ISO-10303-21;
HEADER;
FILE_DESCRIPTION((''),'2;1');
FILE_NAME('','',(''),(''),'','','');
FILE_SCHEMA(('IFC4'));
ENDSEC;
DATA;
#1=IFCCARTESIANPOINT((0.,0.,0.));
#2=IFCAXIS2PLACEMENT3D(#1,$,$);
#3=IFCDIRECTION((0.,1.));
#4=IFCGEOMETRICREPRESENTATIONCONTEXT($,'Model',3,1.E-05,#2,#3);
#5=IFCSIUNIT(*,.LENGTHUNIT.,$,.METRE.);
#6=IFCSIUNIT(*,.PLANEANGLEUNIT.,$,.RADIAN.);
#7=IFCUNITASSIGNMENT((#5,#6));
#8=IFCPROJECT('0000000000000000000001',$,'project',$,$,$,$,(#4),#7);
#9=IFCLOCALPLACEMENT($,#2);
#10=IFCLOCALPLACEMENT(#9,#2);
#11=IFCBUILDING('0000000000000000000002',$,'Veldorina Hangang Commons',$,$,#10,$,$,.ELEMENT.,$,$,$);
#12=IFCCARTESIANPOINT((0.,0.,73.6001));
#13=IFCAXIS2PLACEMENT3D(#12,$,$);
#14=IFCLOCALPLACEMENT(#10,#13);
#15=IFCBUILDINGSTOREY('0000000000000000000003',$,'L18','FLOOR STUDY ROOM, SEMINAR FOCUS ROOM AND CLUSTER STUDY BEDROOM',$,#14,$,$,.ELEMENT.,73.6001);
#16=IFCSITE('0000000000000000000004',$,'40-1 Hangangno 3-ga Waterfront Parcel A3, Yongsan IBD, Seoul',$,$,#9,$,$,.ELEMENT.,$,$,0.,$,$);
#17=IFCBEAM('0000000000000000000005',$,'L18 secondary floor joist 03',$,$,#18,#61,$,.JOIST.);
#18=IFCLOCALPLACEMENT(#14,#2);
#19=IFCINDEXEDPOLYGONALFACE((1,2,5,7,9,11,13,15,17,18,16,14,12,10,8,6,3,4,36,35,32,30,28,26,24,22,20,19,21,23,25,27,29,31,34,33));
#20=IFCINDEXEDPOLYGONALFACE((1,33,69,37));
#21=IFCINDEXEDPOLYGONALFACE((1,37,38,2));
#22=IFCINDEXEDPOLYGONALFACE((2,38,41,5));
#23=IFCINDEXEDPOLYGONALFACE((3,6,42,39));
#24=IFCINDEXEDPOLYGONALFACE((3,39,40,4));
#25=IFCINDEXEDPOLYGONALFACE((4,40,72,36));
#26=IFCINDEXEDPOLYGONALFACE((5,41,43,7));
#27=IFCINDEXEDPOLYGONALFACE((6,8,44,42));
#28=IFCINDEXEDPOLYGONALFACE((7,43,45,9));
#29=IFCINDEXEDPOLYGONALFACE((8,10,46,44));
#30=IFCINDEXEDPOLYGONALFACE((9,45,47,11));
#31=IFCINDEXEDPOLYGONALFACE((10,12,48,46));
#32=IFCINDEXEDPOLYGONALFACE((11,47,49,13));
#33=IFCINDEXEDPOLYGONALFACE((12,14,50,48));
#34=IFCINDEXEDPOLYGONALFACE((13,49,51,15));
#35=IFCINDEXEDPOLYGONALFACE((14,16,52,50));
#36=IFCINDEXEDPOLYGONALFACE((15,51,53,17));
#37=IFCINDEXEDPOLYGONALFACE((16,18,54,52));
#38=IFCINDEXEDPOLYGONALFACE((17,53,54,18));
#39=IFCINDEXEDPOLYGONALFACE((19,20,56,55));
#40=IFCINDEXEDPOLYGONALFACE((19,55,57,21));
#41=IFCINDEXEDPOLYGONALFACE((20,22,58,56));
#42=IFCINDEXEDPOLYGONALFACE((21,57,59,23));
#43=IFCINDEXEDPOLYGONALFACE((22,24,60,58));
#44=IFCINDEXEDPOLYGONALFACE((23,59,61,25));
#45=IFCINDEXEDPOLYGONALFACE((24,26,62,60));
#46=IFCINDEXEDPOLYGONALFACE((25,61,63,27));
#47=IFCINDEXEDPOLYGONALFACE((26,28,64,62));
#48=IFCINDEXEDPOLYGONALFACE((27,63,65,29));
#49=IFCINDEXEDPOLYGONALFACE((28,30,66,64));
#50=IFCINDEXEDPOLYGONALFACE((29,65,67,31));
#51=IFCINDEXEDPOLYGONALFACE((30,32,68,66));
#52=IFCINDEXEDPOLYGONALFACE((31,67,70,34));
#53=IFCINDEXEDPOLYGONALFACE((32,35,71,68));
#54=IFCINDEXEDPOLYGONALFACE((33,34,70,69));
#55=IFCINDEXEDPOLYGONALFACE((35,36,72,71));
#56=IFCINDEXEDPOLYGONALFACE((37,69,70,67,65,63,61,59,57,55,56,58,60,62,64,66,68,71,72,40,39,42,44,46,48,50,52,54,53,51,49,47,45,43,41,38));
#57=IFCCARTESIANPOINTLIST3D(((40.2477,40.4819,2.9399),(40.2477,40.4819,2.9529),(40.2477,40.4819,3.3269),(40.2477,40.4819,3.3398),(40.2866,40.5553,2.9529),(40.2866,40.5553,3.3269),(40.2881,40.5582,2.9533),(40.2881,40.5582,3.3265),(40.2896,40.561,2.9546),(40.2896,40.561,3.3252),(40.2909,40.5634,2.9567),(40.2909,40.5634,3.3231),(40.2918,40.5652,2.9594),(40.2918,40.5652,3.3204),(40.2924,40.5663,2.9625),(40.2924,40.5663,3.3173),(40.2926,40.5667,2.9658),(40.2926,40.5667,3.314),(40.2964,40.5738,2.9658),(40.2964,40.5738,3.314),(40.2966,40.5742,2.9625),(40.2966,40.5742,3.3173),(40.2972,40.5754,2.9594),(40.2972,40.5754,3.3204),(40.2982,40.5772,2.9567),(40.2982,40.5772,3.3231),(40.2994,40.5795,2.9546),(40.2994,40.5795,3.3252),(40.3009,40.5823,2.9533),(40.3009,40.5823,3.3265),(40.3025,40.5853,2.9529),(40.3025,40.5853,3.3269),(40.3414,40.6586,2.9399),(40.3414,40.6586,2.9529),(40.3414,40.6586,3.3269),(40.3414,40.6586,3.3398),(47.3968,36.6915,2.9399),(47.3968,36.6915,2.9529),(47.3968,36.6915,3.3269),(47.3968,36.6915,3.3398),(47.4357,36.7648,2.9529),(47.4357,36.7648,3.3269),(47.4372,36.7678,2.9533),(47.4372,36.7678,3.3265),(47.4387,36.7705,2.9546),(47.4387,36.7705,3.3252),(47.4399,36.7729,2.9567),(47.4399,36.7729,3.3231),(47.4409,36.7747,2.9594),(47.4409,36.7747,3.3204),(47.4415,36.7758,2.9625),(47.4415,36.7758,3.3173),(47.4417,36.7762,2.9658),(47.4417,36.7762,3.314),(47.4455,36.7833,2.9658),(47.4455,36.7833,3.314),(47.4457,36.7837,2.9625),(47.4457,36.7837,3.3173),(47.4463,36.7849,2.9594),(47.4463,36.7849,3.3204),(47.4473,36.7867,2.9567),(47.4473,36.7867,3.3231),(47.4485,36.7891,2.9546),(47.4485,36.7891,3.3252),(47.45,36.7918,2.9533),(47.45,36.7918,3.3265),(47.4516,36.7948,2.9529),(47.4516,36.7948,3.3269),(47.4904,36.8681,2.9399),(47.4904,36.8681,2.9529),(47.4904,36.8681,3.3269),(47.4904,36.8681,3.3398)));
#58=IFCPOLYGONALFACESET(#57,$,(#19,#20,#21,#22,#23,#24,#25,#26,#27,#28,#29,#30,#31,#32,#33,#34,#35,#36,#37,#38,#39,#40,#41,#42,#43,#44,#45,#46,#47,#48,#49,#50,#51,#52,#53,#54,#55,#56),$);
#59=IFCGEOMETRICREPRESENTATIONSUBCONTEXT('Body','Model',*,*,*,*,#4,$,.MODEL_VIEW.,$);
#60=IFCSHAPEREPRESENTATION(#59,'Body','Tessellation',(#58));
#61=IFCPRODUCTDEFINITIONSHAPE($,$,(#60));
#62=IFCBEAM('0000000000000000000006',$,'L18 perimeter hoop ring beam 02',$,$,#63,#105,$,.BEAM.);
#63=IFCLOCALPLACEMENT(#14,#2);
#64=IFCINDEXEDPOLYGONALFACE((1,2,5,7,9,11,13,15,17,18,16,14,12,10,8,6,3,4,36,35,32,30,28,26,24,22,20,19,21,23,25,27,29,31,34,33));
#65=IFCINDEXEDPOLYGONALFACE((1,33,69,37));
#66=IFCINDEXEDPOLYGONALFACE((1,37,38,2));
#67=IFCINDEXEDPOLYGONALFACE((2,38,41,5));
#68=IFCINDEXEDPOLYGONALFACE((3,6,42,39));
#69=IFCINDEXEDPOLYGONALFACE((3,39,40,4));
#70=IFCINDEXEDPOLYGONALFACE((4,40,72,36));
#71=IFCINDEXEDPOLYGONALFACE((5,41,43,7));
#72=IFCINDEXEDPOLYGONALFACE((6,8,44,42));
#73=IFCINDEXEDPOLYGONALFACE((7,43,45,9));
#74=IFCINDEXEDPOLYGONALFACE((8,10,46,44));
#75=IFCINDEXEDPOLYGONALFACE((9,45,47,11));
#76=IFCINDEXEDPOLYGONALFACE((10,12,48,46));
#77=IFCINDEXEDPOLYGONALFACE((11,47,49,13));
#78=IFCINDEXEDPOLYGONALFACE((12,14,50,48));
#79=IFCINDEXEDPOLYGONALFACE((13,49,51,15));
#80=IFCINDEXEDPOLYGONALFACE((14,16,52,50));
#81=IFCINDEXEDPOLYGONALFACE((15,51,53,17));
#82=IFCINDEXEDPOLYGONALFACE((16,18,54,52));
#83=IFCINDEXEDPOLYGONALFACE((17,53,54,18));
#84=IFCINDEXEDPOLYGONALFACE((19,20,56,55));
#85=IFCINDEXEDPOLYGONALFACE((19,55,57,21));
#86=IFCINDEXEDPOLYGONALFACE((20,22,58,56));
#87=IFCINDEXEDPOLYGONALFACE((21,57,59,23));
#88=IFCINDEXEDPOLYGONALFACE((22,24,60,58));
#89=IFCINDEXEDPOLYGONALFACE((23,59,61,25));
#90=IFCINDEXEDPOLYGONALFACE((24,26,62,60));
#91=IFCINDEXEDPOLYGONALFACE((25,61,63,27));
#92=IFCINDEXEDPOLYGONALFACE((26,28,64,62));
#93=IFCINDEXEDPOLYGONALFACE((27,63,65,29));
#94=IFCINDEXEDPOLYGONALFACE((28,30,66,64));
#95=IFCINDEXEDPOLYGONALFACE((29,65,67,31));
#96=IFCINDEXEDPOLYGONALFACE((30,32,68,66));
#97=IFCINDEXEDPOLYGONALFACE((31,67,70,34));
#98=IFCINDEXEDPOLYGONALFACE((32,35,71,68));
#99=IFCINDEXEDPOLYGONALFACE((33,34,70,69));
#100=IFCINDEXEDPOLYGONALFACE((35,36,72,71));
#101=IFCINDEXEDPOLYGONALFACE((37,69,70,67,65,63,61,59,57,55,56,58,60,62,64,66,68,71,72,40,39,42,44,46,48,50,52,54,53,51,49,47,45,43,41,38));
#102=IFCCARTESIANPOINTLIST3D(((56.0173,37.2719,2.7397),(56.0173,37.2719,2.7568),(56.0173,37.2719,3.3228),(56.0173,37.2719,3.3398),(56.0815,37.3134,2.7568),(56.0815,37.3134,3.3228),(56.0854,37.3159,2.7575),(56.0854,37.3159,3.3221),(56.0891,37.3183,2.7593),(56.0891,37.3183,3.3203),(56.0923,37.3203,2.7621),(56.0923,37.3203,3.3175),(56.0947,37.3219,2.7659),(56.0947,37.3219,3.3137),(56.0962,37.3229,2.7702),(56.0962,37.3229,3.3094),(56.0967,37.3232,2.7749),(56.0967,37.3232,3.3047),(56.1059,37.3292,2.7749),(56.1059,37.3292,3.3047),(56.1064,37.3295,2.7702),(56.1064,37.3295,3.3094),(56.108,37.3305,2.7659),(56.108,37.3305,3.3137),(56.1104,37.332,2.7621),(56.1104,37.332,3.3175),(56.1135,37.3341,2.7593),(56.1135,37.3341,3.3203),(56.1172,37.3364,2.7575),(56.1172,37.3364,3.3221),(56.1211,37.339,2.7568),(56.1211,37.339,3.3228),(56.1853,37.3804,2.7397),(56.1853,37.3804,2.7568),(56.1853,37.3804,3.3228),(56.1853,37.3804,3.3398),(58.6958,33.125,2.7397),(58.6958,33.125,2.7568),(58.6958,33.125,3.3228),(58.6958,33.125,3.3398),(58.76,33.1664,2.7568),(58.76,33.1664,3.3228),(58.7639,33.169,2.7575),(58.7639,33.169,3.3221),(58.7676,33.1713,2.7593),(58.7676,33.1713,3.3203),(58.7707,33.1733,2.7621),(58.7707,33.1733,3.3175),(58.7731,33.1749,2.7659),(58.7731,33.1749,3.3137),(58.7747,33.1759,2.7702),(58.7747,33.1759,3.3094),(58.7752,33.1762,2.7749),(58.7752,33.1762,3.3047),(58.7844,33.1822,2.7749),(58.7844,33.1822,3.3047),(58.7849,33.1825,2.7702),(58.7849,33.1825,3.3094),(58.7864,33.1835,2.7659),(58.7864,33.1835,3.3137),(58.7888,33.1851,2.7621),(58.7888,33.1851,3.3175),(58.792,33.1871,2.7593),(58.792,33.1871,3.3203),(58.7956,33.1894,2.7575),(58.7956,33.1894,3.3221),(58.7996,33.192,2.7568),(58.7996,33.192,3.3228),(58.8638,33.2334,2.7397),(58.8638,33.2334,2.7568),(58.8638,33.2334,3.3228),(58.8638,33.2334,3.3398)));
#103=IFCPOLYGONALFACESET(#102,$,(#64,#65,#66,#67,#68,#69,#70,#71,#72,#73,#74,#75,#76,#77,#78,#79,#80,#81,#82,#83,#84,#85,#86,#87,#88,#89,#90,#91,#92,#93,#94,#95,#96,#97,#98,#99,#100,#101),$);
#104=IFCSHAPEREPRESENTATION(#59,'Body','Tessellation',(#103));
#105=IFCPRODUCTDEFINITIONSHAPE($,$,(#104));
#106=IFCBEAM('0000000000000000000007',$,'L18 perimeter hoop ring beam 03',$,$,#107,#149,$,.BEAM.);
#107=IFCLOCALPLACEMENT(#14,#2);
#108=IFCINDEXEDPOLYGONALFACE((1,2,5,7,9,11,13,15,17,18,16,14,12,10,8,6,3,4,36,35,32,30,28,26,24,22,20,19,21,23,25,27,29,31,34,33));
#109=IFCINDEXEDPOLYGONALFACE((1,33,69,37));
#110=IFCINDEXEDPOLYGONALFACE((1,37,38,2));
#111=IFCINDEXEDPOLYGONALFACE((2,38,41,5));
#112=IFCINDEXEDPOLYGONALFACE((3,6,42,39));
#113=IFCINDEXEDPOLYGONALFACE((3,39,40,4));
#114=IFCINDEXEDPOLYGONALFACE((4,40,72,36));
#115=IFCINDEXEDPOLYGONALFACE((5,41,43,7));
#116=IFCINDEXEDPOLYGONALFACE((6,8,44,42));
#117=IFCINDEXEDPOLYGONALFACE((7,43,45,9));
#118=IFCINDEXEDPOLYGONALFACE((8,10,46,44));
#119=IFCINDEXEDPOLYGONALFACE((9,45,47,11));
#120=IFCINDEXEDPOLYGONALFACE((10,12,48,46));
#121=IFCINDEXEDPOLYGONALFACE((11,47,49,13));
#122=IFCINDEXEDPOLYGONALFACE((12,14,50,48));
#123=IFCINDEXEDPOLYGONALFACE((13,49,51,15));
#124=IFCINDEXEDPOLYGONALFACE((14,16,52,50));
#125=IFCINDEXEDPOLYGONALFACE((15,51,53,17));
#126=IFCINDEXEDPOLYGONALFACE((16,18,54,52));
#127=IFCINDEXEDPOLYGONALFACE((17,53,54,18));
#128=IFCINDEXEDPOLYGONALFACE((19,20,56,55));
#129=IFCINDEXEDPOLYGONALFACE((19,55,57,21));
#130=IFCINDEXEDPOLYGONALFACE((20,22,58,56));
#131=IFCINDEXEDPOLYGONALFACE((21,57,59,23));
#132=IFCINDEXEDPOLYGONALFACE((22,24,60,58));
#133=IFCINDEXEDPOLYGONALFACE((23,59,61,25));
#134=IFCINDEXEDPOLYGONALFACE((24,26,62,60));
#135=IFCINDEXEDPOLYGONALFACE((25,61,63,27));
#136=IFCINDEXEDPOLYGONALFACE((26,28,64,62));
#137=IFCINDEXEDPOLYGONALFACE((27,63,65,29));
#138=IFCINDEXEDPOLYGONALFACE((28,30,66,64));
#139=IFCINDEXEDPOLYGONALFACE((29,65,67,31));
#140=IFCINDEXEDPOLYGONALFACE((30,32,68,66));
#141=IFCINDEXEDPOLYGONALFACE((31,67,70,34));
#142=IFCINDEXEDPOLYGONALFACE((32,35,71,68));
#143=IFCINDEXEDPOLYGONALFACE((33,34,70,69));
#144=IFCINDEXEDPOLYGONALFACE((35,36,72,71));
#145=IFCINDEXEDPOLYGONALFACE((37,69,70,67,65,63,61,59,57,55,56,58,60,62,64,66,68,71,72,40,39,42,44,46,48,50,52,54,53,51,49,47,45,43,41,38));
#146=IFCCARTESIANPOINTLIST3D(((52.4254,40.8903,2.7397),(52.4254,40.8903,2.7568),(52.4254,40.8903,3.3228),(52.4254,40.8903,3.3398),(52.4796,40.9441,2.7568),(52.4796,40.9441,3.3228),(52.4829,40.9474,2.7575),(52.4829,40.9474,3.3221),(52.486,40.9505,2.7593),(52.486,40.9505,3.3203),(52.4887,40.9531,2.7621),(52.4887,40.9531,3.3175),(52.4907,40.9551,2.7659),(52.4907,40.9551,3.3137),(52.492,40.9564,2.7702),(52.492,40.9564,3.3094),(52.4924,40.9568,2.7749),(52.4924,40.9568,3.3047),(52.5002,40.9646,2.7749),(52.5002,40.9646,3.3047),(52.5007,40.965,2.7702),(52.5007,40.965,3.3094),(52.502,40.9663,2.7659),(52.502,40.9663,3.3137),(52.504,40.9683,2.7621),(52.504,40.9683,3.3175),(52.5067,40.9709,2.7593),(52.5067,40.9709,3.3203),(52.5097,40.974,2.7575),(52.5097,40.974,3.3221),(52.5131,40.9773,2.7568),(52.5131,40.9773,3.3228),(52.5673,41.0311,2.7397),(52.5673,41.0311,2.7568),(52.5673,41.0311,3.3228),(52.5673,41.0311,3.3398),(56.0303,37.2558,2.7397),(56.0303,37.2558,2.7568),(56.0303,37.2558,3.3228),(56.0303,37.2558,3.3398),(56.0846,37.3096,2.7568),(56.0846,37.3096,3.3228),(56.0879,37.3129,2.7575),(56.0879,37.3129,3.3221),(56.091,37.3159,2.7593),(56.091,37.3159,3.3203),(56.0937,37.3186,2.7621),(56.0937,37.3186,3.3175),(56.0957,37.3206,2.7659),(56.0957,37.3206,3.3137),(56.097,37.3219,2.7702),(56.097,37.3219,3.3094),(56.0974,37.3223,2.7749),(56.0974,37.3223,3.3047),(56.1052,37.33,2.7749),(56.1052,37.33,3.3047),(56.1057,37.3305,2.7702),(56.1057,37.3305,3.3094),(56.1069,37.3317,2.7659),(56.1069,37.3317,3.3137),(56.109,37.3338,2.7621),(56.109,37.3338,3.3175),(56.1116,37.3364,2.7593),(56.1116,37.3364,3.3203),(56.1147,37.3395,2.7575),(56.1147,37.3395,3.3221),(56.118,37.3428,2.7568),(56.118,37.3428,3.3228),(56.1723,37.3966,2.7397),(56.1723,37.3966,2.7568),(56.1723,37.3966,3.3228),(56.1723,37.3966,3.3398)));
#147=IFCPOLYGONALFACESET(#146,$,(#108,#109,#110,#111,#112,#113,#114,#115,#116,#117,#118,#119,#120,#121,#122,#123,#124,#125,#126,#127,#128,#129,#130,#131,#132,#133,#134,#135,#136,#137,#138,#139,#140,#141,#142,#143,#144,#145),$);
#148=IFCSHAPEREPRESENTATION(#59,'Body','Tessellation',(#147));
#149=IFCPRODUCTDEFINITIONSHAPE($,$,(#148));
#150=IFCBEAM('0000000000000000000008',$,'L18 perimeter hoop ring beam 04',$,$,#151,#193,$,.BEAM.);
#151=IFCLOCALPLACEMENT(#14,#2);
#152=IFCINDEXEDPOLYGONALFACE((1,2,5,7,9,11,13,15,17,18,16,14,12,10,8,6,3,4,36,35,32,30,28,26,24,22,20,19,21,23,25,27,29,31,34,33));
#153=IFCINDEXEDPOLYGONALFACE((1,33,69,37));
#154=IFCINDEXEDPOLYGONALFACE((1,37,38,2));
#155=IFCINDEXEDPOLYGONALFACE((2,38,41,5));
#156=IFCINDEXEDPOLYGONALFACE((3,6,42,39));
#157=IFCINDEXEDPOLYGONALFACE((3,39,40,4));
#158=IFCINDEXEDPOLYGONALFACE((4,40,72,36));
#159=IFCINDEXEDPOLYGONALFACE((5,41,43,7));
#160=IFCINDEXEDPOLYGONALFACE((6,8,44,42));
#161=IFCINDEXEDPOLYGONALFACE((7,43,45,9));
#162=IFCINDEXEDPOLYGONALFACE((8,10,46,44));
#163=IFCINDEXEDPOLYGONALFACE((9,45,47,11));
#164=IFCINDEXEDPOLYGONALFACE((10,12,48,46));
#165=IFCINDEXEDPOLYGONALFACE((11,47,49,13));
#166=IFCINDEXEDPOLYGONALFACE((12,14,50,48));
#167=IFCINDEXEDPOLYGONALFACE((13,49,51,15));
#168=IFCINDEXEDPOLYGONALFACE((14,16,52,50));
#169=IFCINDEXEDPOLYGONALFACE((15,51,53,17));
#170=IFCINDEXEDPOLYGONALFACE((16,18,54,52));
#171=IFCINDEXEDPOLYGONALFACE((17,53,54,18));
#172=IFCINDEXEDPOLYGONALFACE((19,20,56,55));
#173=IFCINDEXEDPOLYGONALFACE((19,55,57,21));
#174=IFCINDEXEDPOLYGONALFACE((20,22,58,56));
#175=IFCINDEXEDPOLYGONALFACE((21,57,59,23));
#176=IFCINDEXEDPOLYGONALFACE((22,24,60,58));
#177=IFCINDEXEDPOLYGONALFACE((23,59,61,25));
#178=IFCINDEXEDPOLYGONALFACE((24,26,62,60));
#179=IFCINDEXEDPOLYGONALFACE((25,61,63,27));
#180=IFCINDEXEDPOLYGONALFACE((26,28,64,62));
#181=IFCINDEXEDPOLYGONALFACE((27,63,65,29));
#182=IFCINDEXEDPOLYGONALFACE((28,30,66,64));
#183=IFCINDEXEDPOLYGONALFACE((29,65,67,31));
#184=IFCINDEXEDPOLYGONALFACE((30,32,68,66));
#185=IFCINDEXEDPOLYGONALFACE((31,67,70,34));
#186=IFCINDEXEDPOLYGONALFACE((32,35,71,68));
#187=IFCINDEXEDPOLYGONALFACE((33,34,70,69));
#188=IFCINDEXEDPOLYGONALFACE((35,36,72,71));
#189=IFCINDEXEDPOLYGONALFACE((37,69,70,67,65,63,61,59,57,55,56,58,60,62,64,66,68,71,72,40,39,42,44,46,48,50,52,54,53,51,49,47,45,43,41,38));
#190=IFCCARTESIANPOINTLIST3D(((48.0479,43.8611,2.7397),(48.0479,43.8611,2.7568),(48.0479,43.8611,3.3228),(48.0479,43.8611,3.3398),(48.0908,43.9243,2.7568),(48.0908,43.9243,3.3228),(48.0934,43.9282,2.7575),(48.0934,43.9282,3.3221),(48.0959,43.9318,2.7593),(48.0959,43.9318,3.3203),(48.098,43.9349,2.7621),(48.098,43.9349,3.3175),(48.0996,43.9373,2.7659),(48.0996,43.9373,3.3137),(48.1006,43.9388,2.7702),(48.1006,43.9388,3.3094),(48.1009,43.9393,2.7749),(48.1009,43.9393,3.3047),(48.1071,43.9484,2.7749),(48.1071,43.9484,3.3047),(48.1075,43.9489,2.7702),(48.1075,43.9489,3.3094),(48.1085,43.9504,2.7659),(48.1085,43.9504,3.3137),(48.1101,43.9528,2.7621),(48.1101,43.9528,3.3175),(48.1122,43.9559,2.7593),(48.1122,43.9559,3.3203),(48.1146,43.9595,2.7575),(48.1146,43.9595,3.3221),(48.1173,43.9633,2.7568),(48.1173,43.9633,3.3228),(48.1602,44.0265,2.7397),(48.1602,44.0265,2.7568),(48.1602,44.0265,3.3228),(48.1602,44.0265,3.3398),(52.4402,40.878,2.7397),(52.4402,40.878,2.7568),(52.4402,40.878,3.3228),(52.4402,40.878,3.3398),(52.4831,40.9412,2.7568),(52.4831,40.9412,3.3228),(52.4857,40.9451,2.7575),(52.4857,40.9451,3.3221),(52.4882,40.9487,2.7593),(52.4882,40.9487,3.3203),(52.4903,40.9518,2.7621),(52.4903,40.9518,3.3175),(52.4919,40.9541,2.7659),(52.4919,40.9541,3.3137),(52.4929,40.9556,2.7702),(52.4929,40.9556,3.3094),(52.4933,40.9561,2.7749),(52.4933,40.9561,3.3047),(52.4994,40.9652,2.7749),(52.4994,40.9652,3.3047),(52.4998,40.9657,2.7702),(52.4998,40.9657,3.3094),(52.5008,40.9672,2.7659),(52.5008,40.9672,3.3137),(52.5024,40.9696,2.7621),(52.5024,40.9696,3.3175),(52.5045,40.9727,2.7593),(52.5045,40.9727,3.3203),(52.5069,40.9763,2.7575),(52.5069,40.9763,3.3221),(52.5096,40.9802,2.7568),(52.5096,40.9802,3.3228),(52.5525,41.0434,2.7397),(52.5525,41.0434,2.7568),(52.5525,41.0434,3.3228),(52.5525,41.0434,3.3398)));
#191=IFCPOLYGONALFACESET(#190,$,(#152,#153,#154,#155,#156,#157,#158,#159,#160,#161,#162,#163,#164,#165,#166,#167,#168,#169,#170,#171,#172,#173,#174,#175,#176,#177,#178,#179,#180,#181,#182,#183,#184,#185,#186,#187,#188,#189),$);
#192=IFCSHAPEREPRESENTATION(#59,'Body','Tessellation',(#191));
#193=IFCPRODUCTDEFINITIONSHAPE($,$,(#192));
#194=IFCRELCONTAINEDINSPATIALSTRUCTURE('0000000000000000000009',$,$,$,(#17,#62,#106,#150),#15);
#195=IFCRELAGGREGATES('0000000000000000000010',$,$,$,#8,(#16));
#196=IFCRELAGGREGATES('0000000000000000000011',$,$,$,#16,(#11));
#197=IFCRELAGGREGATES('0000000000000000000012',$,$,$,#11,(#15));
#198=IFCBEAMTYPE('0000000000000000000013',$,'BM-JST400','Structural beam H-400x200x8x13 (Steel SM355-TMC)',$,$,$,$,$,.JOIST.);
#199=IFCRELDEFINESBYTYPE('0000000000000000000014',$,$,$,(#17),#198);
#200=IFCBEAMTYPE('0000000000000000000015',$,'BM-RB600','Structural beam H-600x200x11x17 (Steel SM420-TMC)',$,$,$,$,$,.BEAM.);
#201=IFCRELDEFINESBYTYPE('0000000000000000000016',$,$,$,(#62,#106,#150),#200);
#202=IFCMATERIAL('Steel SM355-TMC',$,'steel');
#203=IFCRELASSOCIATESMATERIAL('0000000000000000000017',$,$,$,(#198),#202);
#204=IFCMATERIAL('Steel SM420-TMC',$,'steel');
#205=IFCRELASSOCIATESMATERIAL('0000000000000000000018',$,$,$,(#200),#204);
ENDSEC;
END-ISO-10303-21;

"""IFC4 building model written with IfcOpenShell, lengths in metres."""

from ifc_helpers import new_model, si_unit, direction, frame, origin, origin_2d, place, context, subcontext, project, spatial, i_section, extrude, material, material_profile, profile_set, type_object, element, save


model = new_model("IFC4")

# Units and contexts
model_context = context("Model", 3, precision=1e-05, world=origin(), true_north=direction((0.0, 1.0)))
body_context = subcontext(model_context, "Body", "Model", "MODEL_VIEW")
ifc_project = project(units=[si_unit("LENGTHUNIT", "METRE"), si_unit("PLANEANGLEUNIT", "RADIAN")], contexts=[model_context])

# Site, building, storey
site_placement = place(None, origin())
site = spatial("IfcSite", under=ifc_project, at=site_placement, Name="40-1 Hangangno 3-ga Waterfront Parcel A3, Yongsan IBD, Seoul", CompositionType="ELEMENT", RefElevation=0.0)
building_placement = place(site_placement, origin())
building = spatial("IfcBuilding", under=site, at=building_placement, Name="Veldorina Hangang Commons", CompositionType="ELEMENT")
storey_placement = place(building_placement, frame((0.0, 0.0, 73.6001)))
storey = spatial("IfcBuildingStorey", under=building, at=storey_placement, Name="L18", Description="FLOOR STUDY ROOM, SEMINAR FOCUS ROOM AND CLUSTER STUDY BEDROOM", CompositionType="ELEMENT", Elevation=73.6001)

# Beams
ifc_material_1 = material(Name="Steel SM355-TMC", Category="steel")
ifc_material_profile_1 = material_profile(ifc_material_1, i_section(OverallWidth=0.2, OverallDepth=0.3999, WebThickness=0.0081, FlangeThickness=0.0129, FilletRadius=0.0129, at=origin_2d()), Name="H-400x200x8x13")
ifc_profile_set_1 = profile_set([ifc_material_profile_1], Name="Steel SM355-TMC")
beam_type_1 = type_object("IfcBeamType", Name="BM-JST400", Description="Structural beam H-400x200x8x13 (Steel SM355-TMC)", PredefinedType="JOIST", material=ifc_profile_set_1)
beam_1_placement = place(storey_placement, frame((47.4436, 36.7798, 3.1399), z_axis=(-0.883498, 0.468435, 0.0), x_axis=(-0.468435, -0.883498, 0.0)))
element("IfcBeam", 1, at=beam_1_placement, inside=storey, type_object=beam_type_1, Name="L18 secondary floor joist 03", PredefinedType="JOIST", context=body_context, shape_type="SweptSolid", body=[
    extrude(i_section(OverallWidth=0.2, OverallDepth=0.3999, WebThickness=0.0081, FlangeThickness=0.0129, FilletRadius=0.0129, at=origin_2d()), origin(), (0.0, 0.0, 1.0), 8.0918),
])
ifc_material_2 = material(Name="Steel SM420-TMC", Category="steel")
ifc_material_profile_2 = material_profile(ifc_material_2, i_section(OverallWidth=0.2, OverallDepth=0.6001, WebThickness=0.011, FlangeThickness=0.0171, FilletRadius=0.0181, at=origin_2d()), Name="H-600x200x11x17")
ifc_profile_set_2 = profile_set([ifc_material_profile_2], Name="Steel SM420-TMC")
beam_type_2 = type_object("IfcBeamType", Name="BM-RB600", Description="Structural beam H-600x200x11x17 (Steel SM420-TMC)", PredefinedType="BEAM", material=ifc_profile_set_2)
beam_2_placement = place(storey_placement, frame((58.7798, 33.1792, 3.0398), z_axis=(-0.542556, 0.84002, 0.0), x_axis=(-0.84002, -0.542556, 0.0)))
element("IfcBeam", 2, at=beam_2_placement, inside=storey, type_object=beam_type_2, Name="L18 perimeter hoop ring beam 02", PredefinedType="BEAM", context=body_context, shape_type="SweptSolid", body=[
    extrude(i_section(OverallWidth=0.2, OverallDepth=0.6001, WebThickness=0.011, FlangeThickness=0.0171, FilletRadius=0.0181, at=origin_2d()), origin(), (0.0, 0.0, 1.0), 4.9368),
])
beam_3_placement = place(storey_placement, frame((56.1013, 37.3262, 3.0398), z_axis=(-0.704216, 0.709986, 0.0), x_axis=(-0.709986, -0.704216, 0.0)))
element("IfcBeam", 3, at=beam_3_placement, inside=storey, type_object=beam_type_2, Name="L18 perimeter hoop ring beam 03", PredefinedType="BEAM", context=body_context, shape_type="SweptSolid", body=[
    extrude(i_section(OverallWidth=0.2, OverallDepth=0.6001, WebThickness=0.011, FlangeThickness=0.0171, FilletRadius=0.0181, at=origin_2d()), origin(), (0.0, 0.0, 1.0), 5.1191),
])
beam_4_placement = place(storey_placement, frame((52.4963, 40.9607, 3.0398), z_axis=(-0.827245, 0.561842, 0.0), x_axis=(-0.561842, -0.827245, 0.0)))
element("IfcBeam", 4, at=beam_4_placement, inside=storey, type_object=beam_type_2, Name="L18 perimeter hoop ring beam 04", PredefinedType="BEAM", context=body_context, shape_type="SweptSolid", body=[
    extrude(i_section(OverallWidth=0.2, OverallDepth=0.6001, WebThickness=0.011, FlangeThickness=0.0171, FilletRadius=0.0181, at=origin_2d()), origin(), (0.0, 0.0, 1.0), 5.3096),
])

save(model, "model.ifc")
